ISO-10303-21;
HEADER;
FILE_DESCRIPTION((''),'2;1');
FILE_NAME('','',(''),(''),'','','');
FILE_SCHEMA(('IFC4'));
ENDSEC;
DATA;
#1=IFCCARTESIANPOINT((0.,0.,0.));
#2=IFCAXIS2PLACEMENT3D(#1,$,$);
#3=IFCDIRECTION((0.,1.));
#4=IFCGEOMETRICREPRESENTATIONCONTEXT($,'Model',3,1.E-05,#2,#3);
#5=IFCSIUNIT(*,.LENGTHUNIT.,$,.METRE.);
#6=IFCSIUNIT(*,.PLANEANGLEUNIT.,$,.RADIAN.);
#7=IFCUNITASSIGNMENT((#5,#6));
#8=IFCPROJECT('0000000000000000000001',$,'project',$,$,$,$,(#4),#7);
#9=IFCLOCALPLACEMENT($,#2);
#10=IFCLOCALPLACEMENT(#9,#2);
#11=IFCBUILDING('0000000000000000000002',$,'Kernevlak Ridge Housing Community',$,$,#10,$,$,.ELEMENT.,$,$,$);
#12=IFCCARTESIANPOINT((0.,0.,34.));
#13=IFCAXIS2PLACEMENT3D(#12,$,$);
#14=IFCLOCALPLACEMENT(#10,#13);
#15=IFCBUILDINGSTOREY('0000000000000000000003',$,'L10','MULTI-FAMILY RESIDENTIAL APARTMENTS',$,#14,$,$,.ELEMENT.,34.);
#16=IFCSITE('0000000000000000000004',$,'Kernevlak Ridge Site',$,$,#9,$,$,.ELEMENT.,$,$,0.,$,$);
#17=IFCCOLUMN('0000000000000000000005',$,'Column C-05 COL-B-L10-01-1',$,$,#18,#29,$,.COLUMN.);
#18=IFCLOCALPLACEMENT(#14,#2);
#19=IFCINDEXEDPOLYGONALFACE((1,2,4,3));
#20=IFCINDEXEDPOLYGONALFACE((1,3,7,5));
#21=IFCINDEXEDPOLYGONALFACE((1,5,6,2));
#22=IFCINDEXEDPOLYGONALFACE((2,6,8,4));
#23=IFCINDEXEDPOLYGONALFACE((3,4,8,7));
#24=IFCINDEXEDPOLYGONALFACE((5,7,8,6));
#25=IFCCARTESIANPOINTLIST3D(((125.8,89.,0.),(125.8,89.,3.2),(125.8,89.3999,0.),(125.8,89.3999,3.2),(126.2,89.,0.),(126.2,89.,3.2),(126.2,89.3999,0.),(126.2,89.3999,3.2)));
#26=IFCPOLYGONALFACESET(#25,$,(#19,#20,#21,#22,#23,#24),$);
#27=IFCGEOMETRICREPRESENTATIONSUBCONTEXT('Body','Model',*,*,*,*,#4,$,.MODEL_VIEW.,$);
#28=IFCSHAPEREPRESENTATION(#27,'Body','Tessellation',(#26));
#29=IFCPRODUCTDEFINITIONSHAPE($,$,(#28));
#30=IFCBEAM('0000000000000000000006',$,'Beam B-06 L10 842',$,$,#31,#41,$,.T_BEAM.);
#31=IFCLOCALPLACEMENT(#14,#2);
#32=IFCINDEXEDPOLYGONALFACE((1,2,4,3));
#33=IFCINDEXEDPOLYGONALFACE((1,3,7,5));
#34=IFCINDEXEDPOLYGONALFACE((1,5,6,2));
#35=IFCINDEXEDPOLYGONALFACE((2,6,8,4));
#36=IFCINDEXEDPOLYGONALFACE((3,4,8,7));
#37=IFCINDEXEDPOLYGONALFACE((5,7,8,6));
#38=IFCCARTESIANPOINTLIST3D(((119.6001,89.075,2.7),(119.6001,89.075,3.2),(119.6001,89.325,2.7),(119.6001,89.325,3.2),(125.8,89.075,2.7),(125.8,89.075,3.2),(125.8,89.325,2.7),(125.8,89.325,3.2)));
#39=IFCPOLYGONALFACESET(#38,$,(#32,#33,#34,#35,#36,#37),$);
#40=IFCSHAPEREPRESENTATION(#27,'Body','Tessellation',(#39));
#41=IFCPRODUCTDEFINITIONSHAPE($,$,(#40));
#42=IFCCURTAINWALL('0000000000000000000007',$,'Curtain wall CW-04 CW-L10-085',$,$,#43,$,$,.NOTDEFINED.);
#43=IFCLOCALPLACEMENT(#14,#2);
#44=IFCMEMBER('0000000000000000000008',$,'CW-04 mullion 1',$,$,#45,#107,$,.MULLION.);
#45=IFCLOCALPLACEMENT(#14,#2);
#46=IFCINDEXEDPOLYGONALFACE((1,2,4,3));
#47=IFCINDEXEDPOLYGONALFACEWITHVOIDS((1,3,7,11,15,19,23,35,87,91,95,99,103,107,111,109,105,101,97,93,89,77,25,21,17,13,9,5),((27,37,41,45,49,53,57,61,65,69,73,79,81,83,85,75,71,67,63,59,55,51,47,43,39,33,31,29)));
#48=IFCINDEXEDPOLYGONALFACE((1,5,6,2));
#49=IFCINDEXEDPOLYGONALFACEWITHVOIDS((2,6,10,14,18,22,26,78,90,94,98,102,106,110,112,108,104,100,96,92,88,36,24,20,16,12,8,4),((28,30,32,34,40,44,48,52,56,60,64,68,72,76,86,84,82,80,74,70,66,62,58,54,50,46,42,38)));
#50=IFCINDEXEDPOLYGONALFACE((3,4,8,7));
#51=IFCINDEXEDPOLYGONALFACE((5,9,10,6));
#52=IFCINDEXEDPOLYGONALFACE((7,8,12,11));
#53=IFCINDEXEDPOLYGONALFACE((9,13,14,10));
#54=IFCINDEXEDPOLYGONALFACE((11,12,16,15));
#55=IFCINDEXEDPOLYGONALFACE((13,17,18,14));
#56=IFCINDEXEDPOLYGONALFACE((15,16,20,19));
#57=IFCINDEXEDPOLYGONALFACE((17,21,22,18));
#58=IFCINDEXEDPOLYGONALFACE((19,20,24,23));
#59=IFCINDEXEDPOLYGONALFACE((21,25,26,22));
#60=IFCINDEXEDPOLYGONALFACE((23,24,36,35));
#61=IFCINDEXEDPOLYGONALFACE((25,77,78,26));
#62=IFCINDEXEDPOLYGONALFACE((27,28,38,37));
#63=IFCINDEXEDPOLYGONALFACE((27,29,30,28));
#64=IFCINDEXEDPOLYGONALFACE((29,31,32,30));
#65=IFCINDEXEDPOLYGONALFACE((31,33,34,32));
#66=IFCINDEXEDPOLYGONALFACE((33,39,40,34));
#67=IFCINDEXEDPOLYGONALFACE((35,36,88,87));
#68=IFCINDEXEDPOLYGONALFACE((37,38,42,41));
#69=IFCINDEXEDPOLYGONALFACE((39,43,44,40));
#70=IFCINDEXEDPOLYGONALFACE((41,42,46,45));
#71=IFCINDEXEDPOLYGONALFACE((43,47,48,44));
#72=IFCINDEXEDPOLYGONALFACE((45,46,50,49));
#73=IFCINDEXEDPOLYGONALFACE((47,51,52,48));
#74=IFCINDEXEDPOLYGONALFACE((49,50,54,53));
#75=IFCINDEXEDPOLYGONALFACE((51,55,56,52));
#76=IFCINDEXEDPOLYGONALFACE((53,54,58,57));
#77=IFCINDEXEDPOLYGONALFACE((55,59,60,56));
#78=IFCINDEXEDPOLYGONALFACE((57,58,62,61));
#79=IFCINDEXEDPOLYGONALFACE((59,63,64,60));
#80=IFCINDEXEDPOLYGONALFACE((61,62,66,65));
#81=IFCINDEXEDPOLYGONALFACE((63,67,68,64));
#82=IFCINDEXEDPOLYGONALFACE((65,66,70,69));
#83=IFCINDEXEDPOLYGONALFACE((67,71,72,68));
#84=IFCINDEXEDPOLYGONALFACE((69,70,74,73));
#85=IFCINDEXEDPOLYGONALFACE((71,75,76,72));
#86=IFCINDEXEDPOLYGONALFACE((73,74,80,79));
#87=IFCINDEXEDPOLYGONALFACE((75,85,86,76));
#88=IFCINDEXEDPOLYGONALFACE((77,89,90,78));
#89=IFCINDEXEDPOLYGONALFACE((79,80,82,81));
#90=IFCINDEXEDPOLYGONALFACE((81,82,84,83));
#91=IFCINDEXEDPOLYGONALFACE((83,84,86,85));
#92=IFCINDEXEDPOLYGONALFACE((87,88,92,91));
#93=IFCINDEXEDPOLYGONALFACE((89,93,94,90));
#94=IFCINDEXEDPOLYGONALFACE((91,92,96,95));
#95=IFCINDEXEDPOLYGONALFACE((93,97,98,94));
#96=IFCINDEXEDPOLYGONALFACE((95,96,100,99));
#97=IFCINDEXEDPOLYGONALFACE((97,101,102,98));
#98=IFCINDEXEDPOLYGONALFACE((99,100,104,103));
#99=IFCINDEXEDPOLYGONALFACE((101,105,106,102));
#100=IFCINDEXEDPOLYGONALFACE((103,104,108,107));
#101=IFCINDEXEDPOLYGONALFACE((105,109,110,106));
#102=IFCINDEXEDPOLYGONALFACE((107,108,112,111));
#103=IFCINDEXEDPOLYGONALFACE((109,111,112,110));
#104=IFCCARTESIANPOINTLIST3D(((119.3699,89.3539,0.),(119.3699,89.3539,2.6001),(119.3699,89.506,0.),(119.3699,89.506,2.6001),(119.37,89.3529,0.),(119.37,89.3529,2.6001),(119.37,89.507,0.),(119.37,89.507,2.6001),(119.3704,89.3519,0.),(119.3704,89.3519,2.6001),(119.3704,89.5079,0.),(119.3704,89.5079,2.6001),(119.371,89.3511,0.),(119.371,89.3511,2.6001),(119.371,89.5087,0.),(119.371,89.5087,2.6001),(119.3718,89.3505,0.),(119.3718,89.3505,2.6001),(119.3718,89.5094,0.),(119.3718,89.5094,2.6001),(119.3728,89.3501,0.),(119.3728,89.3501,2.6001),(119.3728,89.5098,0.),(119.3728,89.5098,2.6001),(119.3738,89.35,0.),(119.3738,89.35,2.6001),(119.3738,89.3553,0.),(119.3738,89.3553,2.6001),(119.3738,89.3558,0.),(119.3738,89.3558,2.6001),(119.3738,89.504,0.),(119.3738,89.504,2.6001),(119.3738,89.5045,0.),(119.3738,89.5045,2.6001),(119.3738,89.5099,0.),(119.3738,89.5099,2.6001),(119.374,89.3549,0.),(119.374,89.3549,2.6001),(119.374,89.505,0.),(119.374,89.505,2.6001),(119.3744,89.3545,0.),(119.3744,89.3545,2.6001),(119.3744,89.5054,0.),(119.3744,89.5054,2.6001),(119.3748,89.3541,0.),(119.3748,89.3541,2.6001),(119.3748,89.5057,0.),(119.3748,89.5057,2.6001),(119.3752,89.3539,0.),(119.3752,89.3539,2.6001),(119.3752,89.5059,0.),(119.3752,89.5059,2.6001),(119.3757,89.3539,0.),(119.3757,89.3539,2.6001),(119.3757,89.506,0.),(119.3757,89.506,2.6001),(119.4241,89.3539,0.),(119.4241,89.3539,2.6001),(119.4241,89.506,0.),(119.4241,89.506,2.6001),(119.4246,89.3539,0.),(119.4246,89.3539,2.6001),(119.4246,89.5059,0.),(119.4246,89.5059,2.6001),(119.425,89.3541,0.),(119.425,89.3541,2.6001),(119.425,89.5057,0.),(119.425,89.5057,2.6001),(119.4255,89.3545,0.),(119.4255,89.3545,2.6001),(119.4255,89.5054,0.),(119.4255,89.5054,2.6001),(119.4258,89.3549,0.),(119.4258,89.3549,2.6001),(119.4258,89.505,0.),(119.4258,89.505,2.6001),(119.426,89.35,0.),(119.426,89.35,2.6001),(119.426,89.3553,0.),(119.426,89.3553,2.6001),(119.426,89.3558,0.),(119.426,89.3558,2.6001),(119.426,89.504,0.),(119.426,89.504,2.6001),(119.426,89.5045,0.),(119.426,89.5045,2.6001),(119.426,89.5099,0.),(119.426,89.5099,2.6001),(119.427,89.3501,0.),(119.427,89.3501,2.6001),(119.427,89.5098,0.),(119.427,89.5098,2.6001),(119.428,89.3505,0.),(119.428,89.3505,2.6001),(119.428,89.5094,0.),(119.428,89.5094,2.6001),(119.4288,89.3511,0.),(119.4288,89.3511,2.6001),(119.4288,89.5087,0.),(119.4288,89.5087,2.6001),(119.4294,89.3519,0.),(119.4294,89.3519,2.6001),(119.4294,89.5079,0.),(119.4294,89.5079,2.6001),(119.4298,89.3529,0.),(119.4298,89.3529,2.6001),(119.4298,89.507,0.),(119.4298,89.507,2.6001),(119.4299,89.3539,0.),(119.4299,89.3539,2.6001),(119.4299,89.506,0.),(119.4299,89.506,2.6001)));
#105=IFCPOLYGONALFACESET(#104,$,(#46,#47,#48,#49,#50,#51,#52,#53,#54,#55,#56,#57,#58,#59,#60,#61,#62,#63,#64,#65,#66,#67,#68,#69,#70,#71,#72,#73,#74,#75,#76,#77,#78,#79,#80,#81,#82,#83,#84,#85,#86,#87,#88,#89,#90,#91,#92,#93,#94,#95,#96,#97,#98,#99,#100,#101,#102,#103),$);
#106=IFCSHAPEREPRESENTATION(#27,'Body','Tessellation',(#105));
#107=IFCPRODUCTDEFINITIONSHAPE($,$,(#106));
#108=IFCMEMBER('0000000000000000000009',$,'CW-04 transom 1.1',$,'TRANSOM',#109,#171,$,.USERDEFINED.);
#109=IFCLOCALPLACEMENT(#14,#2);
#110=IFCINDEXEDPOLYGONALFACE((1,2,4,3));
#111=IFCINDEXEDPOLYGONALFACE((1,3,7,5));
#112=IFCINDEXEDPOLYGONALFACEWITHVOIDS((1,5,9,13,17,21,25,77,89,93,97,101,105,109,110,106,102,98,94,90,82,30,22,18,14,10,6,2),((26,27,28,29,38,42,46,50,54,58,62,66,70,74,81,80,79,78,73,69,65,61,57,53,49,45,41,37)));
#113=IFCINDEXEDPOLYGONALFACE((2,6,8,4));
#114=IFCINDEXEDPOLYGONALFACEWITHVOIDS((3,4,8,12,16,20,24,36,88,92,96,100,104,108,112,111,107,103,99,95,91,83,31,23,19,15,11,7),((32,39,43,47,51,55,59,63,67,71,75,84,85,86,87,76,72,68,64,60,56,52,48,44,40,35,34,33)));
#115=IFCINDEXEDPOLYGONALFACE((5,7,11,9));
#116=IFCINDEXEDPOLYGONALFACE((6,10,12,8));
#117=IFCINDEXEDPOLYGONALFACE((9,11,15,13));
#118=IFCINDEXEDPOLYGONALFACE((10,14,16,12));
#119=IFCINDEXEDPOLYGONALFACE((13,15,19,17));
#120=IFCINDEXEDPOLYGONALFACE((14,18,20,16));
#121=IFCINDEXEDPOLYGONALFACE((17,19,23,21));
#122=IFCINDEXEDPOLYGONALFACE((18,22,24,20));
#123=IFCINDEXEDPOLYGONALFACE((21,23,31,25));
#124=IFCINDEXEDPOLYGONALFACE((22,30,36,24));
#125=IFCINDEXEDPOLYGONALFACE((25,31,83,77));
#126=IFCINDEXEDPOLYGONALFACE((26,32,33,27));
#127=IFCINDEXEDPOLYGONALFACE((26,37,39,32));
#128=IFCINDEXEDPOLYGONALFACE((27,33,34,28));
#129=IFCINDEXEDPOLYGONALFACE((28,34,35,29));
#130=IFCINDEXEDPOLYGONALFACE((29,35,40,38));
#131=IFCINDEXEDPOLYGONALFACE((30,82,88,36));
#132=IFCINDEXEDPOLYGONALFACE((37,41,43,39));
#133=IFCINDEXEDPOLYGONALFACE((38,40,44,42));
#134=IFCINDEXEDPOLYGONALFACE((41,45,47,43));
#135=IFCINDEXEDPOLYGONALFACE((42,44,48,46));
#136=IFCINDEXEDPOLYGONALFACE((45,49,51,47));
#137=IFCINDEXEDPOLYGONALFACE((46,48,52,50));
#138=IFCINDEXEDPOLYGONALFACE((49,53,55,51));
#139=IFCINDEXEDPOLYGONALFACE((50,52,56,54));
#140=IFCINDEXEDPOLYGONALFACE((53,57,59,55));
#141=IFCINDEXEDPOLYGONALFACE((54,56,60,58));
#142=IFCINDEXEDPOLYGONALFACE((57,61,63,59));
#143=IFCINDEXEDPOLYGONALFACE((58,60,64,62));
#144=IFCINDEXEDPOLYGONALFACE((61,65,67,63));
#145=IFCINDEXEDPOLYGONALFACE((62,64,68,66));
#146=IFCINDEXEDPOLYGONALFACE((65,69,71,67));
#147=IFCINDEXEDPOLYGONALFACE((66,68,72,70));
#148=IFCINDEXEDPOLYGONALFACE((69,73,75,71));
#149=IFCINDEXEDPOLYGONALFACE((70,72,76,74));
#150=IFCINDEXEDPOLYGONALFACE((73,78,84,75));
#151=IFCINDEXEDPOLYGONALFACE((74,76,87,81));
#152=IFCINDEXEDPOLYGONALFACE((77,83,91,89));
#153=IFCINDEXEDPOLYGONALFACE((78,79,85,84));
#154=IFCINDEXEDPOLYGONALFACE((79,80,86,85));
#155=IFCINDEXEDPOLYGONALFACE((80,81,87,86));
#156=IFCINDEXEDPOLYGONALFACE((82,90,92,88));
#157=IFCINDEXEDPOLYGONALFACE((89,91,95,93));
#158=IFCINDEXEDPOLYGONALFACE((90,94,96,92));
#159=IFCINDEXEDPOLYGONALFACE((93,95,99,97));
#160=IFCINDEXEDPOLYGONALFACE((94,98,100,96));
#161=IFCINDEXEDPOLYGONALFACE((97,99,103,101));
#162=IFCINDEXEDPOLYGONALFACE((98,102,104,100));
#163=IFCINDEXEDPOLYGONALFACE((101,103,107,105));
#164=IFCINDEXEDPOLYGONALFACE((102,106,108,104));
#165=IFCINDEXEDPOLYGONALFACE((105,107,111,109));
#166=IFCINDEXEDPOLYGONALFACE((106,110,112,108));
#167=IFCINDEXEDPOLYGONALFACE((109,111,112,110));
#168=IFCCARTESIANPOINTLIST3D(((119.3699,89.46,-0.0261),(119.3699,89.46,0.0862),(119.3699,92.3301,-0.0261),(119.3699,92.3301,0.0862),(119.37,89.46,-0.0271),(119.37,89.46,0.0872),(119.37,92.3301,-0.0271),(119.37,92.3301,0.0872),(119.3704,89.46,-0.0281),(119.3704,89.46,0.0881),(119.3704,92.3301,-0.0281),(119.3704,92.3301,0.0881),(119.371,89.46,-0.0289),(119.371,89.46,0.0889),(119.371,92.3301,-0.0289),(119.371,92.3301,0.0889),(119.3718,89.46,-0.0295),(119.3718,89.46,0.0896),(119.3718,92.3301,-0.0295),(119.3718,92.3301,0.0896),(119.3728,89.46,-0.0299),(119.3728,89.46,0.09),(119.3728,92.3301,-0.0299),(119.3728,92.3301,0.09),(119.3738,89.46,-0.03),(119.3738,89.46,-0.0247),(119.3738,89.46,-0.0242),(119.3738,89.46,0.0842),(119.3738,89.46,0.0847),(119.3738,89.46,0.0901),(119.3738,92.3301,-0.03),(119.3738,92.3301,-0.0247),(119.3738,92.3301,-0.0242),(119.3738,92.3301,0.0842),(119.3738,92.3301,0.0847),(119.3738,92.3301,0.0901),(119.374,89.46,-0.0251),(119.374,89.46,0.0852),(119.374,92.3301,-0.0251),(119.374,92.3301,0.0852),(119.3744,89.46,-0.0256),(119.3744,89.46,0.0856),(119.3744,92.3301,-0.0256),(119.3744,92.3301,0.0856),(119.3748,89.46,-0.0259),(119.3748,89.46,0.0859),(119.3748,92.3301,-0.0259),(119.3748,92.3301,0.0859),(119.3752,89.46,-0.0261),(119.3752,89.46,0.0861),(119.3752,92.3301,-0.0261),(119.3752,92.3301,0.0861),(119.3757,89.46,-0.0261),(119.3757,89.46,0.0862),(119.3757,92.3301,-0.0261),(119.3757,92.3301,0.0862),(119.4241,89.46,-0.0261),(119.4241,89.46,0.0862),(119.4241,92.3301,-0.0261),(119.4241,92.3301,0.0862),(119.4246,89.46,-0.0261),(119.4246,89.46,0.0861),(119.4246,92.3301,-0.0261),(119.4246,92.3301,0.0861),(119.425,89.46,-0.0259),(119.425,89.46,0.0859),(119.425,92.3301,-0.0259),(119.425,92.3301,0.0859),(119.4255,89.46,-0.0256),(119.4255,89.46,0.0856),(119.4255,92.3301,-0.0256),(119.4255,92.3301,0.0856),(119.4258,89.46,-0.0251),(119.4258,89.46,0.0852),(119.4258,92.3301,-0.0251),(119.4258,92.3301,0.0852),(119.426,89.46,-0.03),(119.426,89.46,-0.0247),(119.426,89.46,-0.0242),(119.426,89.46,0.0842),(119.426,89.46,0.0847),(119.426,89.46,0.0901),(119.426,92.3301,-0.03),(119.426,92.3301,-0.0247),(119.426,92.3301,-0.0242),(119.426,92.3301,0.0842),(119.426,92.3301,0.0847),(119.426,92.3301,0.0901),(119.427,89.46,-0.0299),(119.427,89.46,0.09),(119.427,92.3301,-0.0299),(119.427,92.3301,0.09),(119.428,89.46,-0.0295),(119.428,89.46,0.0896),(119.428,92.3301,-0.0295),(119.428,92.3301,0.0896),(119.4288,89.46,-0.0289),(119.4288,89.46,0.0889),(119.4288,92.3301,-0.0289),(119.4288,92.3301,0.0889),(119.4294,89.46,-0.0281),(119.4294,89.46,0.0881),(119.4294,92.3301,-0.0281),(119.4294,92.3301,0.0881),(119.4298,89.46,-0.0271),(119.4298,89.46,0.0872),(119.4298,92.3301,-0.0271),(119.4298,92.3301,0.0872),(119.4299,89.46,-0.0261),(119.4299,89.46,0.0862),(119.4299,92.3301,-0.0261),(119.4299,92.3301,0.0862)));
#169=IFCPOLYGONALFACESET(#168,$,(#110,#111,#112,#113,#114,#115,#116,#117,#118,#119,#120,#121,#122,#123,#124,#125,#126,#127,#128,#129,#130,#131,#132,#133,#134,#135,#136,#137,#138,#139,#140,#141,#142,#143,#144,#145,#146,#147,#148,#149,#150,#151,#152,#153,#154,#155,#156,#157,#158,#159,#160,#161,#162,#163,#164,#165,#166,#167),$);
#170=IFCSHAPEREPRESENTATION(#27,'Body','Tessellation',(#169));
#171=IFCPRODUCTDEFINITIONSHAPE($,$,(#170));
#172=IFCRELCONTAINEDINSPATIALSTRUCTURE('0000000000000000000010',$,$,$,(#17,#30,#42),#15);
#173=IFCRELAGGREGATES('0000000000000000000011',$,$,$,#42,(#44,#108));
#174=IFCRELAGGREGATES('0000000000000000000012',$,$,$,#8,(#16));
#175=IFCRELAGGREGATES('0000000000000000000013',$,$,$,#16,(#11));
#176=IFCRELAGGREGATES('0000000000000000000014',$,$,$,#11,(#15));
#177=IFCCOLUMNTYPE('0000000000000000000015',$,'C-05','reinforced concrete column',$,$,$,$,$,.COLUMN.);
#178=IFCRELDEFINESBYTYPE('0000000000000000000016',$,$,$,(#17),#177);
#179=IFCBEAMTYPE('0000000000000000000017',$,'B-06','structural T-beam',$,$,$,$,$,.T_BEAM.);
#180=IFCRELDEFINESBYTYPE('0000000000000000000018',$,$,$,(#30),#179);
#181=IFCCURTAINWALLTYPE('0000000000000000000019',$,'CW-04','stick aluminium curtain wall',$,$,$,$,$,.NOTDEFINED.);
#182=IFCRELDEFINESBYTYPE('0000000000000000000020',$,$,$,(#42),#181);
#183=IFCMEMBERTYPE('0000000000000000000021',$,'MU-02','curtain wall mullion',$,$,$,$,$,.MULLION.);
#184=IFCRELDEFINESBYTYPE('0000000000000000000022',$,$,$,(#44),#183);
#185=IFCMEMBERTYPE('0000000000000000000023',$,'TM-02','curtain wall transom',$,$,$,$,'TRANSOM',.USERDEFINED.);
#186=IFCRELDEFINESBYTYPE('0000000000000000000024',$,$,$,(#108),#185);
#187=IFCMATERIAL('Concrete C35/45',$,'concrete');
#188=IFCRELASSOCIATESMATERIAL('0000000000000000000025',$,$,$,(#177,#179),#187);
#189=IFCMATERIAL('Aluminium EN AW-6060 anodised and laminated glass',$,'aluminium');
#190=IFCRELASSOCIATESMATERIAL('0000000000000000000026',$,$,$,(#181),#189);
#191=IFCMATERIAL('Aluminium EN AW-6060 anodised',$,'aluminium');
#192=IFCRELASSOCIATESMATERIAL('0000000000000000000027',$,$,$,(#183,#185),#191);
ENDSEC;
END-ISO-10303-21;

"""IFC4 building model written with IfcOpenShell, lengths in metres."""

from ifc_helpers import new_model, si_unit, direction, frame, origin, origin_2d, place, context, subcontext, project, spatial, rectangle, hollow_rectangle, extrude, material, material_profile, profile_set, type_object, element, aggregate, save


model = new_model("IFC4")

# Units and contexts
model_context = context("Model", 3, precision=1e-05, world=origin(), true_north=direction((0.0, 1.0)))
body_context = subcontext(model_context, "Body", "Model", "MODEL_VIEW")
ifc_project = project(units=[si_unit("LENGTHUNIT", "METRE"), si_unit("PLANEANGLEUNIT", "RADIAN")], contexts=[model_context])

# Site, building, storey
site_placement = place(None, origin())
site = spatial("IfcSite", under=ifc_project, at=site_placement, Name="Kernevlak Ridge Site", CompositionType="ELEMENT", RefElevation=0.0)
building_placement = place(site_placement, origin())
building = spatial("IfcBuilding", under=site, at=building_placement, Name="Kernevlak Ridge Housing Community", CompositionType="ELEMENT")
storey_placement = place(building_placement, frame((0.0, 0.0, 34.0)))
storey = spatial("IfcBuildingStorey", under=building, at=storey_placement, Name="L10", Description="MULTI-FAMILY RESIDENTIAL APARTMENTS", CompositionType="ELEMENT", Elevation=34.0)

# Column
ifc_material_1 = material(Name="Concrete C35/45", Category="concrete")
ifc_material_profile_1 = material_profile(ifc_material_1, rectangle(XDim=0.3999, YDim=0.3999, at=origin_2d()), Name="RC 400x400")
ifc_profile_set_1 = profile_set([ifc_material_profile_1], Name="Concrete C35/45")
column_type = type_object("IfcColumnType", Name="C-05", Description="reinforced concrete column", PredefinedType="COLUMN", material=ifc_profile_set_1)
column_placement = place(storey_placement, frame((126.0, 89.2, 0.0), z_axis=(0.0, 0.0, 1.0), x_axis=(1.0, 0.0, 0.0)))
element("IfcColumn", 1, at=column_placement, inside=storey, type_object=column_type, Name="Column C-05 COL-B-L10-01-1", PredefinedType="COLUMN", context=body_context, shape_type="SweptSolid", body=[
    extrude(rectangle(XDim=0.3999, YDim=0.3999, at=origin_2d()), origin(), (0.0, 0.0, 1.0), 3.2),
])

# Beam
ifc_material_profile_2 = material_profile(ifc_material_1, rectangle(XDim=0.25, YDim=0.5, at=origin_2d()), Name="RC 250x500")
ifc_profile_set_2 = profile_set([ifc_material_profile_2], Name="Concrete C35/45")
beam_type = type_object("IfcBeamType", Name="B-06", Description="structural T-beam", PredefinedType="T_BEAM", material=ifc_profile_set_2)
beam_placement = place(storey_placement, frame((119.6001, 89.2, 2.95), z_axis=(1.0, 0.0, 0.0), x_axis=(0.0, 1.0, 0.0)))
element("IfcBeam", 2, at=beam_placement, inside=storey, type_object=beam_type, Name="Beam B-06 L10 842", PredefinedType="T_BEAM", context=body_context, shape_type="SweptSolid", body=[
    extrude(rectangle(XDim=0.25, YDim=0.5, at=origin_2d()), origin(), (0.0, 0.0, 1.0), 6.2),
])

# Curtain wall, members
ifc_material_2 = material(Name="Aluminium EN AW-6060 anodised and laminated glass", Category="aluminium")
curtain_wall_type = type_object("IfcCurtainWallType", Name="CW-04", Description="stick aluminium curtain wall", PredefinedType="NOTDEFINED", material=ifc_material_2)
curtain_wall_placement = place(storey_placement, origin())
curtain_wall = element("IfcCurtainWall", 3, at=curtain_wall_placement, inside=storey, type_object=curtain_wall_type, Name="Curtain wall CW-04 CW-L10-085", PredefinedType="NOTDEFINED")
ifc_material_3 = material(Name="Aluminium EN AW-6060 anodised", Category="aluminium")
ifc_material_profile_3 = material_profile(ifc_material_3, hollow_rectangle(XDim=0.0601, YDim=0.1599, WallThickness=0.0039, InnerFilletRadius=0.002, OuterFilletRadius=0.0039, at=origin_2d()), Name="ALU 60x160x4")
ifc_profile_set_3 = profile_set([ifc_material_profile_3], Name="Aluminium EN AW-6060 anodised")
member_type_1 = type_object("IfcMemberType", Name="MU-02", Description="curtain wall mullion", PredefinedType="MULLION", material=ifc_profile_set_3)
member_1_placement = place(storey_placement, frame((119.3999, 89.4299, 0.0), z_axis=(0.0, 0.0, 1.0), x_axis=(-1.0, 0.0, 0.0)))
member_1 = element("IfcMember", 4, at=member_1_placement, type_object=member_type_1, Name="CW-04 mullion 1", PredefinedType="MULLION", context=body_context, shape_type="SweptSolid", body=[
    extrude(hollow_rectangle(XDim=0.0601, YDim=0.1599, WallThickness=0.0039, InnerFilletRadius=0.002, OuterFilletRadius=0.0039, at=origin_2d()), origin(), (0.0, 0.0, 1.0), 2.6001),
])
ifc_material_profile_4 = material_profile(ifc_material_3, hollow_rectangle(XDim=0.0601, YDim=0.1201, WallThickness=0.0039, InnerFilletRadius=0.002, OuterFilletRadius=0.0039, at=origin_2d()), Name="ALU 60x120x4")
ifc_profile_set_4 = profile_set([ifc_material_profile_4], Name="Aluminium EN AW-6060 anodised")
member_type_2 = type_object("IfcMemberType", Name="TM-02", Description="curtain wall transom", ElementType="TRANSOM", PredefinedType="USERDEFINED", material=ifc_profile_set_4)
member_2_placement = place(storey_placement, frame((119.3999, 89.46, 0.03), z_axis=(0.0, 1.0, 0.0), x_axis=(-1.0, 0.0, 0.0)))
member_2 = element("IfcMember", 5, at=member_2_placement, type_object=member_type_2, Name="CW-04 transom 1.1", ObjectType="TRANSOM", PredefinedType="USERDEFINED", context=body_context, shape_type="SweptSolid", body=[
    extrude(hollow_rectangle(XDim=0.0601, YDim=0.1201, WallThickness=0.0039, InnerFilletRadius=0.002, OuterFilletRadius=0.0039, at=origin_2d()), origin(), (0.0, 0.0, 1.0), 2.8701),
])
aggregate(curtain_wall, [member_1, member_2])

save(model, "model.ifc")
